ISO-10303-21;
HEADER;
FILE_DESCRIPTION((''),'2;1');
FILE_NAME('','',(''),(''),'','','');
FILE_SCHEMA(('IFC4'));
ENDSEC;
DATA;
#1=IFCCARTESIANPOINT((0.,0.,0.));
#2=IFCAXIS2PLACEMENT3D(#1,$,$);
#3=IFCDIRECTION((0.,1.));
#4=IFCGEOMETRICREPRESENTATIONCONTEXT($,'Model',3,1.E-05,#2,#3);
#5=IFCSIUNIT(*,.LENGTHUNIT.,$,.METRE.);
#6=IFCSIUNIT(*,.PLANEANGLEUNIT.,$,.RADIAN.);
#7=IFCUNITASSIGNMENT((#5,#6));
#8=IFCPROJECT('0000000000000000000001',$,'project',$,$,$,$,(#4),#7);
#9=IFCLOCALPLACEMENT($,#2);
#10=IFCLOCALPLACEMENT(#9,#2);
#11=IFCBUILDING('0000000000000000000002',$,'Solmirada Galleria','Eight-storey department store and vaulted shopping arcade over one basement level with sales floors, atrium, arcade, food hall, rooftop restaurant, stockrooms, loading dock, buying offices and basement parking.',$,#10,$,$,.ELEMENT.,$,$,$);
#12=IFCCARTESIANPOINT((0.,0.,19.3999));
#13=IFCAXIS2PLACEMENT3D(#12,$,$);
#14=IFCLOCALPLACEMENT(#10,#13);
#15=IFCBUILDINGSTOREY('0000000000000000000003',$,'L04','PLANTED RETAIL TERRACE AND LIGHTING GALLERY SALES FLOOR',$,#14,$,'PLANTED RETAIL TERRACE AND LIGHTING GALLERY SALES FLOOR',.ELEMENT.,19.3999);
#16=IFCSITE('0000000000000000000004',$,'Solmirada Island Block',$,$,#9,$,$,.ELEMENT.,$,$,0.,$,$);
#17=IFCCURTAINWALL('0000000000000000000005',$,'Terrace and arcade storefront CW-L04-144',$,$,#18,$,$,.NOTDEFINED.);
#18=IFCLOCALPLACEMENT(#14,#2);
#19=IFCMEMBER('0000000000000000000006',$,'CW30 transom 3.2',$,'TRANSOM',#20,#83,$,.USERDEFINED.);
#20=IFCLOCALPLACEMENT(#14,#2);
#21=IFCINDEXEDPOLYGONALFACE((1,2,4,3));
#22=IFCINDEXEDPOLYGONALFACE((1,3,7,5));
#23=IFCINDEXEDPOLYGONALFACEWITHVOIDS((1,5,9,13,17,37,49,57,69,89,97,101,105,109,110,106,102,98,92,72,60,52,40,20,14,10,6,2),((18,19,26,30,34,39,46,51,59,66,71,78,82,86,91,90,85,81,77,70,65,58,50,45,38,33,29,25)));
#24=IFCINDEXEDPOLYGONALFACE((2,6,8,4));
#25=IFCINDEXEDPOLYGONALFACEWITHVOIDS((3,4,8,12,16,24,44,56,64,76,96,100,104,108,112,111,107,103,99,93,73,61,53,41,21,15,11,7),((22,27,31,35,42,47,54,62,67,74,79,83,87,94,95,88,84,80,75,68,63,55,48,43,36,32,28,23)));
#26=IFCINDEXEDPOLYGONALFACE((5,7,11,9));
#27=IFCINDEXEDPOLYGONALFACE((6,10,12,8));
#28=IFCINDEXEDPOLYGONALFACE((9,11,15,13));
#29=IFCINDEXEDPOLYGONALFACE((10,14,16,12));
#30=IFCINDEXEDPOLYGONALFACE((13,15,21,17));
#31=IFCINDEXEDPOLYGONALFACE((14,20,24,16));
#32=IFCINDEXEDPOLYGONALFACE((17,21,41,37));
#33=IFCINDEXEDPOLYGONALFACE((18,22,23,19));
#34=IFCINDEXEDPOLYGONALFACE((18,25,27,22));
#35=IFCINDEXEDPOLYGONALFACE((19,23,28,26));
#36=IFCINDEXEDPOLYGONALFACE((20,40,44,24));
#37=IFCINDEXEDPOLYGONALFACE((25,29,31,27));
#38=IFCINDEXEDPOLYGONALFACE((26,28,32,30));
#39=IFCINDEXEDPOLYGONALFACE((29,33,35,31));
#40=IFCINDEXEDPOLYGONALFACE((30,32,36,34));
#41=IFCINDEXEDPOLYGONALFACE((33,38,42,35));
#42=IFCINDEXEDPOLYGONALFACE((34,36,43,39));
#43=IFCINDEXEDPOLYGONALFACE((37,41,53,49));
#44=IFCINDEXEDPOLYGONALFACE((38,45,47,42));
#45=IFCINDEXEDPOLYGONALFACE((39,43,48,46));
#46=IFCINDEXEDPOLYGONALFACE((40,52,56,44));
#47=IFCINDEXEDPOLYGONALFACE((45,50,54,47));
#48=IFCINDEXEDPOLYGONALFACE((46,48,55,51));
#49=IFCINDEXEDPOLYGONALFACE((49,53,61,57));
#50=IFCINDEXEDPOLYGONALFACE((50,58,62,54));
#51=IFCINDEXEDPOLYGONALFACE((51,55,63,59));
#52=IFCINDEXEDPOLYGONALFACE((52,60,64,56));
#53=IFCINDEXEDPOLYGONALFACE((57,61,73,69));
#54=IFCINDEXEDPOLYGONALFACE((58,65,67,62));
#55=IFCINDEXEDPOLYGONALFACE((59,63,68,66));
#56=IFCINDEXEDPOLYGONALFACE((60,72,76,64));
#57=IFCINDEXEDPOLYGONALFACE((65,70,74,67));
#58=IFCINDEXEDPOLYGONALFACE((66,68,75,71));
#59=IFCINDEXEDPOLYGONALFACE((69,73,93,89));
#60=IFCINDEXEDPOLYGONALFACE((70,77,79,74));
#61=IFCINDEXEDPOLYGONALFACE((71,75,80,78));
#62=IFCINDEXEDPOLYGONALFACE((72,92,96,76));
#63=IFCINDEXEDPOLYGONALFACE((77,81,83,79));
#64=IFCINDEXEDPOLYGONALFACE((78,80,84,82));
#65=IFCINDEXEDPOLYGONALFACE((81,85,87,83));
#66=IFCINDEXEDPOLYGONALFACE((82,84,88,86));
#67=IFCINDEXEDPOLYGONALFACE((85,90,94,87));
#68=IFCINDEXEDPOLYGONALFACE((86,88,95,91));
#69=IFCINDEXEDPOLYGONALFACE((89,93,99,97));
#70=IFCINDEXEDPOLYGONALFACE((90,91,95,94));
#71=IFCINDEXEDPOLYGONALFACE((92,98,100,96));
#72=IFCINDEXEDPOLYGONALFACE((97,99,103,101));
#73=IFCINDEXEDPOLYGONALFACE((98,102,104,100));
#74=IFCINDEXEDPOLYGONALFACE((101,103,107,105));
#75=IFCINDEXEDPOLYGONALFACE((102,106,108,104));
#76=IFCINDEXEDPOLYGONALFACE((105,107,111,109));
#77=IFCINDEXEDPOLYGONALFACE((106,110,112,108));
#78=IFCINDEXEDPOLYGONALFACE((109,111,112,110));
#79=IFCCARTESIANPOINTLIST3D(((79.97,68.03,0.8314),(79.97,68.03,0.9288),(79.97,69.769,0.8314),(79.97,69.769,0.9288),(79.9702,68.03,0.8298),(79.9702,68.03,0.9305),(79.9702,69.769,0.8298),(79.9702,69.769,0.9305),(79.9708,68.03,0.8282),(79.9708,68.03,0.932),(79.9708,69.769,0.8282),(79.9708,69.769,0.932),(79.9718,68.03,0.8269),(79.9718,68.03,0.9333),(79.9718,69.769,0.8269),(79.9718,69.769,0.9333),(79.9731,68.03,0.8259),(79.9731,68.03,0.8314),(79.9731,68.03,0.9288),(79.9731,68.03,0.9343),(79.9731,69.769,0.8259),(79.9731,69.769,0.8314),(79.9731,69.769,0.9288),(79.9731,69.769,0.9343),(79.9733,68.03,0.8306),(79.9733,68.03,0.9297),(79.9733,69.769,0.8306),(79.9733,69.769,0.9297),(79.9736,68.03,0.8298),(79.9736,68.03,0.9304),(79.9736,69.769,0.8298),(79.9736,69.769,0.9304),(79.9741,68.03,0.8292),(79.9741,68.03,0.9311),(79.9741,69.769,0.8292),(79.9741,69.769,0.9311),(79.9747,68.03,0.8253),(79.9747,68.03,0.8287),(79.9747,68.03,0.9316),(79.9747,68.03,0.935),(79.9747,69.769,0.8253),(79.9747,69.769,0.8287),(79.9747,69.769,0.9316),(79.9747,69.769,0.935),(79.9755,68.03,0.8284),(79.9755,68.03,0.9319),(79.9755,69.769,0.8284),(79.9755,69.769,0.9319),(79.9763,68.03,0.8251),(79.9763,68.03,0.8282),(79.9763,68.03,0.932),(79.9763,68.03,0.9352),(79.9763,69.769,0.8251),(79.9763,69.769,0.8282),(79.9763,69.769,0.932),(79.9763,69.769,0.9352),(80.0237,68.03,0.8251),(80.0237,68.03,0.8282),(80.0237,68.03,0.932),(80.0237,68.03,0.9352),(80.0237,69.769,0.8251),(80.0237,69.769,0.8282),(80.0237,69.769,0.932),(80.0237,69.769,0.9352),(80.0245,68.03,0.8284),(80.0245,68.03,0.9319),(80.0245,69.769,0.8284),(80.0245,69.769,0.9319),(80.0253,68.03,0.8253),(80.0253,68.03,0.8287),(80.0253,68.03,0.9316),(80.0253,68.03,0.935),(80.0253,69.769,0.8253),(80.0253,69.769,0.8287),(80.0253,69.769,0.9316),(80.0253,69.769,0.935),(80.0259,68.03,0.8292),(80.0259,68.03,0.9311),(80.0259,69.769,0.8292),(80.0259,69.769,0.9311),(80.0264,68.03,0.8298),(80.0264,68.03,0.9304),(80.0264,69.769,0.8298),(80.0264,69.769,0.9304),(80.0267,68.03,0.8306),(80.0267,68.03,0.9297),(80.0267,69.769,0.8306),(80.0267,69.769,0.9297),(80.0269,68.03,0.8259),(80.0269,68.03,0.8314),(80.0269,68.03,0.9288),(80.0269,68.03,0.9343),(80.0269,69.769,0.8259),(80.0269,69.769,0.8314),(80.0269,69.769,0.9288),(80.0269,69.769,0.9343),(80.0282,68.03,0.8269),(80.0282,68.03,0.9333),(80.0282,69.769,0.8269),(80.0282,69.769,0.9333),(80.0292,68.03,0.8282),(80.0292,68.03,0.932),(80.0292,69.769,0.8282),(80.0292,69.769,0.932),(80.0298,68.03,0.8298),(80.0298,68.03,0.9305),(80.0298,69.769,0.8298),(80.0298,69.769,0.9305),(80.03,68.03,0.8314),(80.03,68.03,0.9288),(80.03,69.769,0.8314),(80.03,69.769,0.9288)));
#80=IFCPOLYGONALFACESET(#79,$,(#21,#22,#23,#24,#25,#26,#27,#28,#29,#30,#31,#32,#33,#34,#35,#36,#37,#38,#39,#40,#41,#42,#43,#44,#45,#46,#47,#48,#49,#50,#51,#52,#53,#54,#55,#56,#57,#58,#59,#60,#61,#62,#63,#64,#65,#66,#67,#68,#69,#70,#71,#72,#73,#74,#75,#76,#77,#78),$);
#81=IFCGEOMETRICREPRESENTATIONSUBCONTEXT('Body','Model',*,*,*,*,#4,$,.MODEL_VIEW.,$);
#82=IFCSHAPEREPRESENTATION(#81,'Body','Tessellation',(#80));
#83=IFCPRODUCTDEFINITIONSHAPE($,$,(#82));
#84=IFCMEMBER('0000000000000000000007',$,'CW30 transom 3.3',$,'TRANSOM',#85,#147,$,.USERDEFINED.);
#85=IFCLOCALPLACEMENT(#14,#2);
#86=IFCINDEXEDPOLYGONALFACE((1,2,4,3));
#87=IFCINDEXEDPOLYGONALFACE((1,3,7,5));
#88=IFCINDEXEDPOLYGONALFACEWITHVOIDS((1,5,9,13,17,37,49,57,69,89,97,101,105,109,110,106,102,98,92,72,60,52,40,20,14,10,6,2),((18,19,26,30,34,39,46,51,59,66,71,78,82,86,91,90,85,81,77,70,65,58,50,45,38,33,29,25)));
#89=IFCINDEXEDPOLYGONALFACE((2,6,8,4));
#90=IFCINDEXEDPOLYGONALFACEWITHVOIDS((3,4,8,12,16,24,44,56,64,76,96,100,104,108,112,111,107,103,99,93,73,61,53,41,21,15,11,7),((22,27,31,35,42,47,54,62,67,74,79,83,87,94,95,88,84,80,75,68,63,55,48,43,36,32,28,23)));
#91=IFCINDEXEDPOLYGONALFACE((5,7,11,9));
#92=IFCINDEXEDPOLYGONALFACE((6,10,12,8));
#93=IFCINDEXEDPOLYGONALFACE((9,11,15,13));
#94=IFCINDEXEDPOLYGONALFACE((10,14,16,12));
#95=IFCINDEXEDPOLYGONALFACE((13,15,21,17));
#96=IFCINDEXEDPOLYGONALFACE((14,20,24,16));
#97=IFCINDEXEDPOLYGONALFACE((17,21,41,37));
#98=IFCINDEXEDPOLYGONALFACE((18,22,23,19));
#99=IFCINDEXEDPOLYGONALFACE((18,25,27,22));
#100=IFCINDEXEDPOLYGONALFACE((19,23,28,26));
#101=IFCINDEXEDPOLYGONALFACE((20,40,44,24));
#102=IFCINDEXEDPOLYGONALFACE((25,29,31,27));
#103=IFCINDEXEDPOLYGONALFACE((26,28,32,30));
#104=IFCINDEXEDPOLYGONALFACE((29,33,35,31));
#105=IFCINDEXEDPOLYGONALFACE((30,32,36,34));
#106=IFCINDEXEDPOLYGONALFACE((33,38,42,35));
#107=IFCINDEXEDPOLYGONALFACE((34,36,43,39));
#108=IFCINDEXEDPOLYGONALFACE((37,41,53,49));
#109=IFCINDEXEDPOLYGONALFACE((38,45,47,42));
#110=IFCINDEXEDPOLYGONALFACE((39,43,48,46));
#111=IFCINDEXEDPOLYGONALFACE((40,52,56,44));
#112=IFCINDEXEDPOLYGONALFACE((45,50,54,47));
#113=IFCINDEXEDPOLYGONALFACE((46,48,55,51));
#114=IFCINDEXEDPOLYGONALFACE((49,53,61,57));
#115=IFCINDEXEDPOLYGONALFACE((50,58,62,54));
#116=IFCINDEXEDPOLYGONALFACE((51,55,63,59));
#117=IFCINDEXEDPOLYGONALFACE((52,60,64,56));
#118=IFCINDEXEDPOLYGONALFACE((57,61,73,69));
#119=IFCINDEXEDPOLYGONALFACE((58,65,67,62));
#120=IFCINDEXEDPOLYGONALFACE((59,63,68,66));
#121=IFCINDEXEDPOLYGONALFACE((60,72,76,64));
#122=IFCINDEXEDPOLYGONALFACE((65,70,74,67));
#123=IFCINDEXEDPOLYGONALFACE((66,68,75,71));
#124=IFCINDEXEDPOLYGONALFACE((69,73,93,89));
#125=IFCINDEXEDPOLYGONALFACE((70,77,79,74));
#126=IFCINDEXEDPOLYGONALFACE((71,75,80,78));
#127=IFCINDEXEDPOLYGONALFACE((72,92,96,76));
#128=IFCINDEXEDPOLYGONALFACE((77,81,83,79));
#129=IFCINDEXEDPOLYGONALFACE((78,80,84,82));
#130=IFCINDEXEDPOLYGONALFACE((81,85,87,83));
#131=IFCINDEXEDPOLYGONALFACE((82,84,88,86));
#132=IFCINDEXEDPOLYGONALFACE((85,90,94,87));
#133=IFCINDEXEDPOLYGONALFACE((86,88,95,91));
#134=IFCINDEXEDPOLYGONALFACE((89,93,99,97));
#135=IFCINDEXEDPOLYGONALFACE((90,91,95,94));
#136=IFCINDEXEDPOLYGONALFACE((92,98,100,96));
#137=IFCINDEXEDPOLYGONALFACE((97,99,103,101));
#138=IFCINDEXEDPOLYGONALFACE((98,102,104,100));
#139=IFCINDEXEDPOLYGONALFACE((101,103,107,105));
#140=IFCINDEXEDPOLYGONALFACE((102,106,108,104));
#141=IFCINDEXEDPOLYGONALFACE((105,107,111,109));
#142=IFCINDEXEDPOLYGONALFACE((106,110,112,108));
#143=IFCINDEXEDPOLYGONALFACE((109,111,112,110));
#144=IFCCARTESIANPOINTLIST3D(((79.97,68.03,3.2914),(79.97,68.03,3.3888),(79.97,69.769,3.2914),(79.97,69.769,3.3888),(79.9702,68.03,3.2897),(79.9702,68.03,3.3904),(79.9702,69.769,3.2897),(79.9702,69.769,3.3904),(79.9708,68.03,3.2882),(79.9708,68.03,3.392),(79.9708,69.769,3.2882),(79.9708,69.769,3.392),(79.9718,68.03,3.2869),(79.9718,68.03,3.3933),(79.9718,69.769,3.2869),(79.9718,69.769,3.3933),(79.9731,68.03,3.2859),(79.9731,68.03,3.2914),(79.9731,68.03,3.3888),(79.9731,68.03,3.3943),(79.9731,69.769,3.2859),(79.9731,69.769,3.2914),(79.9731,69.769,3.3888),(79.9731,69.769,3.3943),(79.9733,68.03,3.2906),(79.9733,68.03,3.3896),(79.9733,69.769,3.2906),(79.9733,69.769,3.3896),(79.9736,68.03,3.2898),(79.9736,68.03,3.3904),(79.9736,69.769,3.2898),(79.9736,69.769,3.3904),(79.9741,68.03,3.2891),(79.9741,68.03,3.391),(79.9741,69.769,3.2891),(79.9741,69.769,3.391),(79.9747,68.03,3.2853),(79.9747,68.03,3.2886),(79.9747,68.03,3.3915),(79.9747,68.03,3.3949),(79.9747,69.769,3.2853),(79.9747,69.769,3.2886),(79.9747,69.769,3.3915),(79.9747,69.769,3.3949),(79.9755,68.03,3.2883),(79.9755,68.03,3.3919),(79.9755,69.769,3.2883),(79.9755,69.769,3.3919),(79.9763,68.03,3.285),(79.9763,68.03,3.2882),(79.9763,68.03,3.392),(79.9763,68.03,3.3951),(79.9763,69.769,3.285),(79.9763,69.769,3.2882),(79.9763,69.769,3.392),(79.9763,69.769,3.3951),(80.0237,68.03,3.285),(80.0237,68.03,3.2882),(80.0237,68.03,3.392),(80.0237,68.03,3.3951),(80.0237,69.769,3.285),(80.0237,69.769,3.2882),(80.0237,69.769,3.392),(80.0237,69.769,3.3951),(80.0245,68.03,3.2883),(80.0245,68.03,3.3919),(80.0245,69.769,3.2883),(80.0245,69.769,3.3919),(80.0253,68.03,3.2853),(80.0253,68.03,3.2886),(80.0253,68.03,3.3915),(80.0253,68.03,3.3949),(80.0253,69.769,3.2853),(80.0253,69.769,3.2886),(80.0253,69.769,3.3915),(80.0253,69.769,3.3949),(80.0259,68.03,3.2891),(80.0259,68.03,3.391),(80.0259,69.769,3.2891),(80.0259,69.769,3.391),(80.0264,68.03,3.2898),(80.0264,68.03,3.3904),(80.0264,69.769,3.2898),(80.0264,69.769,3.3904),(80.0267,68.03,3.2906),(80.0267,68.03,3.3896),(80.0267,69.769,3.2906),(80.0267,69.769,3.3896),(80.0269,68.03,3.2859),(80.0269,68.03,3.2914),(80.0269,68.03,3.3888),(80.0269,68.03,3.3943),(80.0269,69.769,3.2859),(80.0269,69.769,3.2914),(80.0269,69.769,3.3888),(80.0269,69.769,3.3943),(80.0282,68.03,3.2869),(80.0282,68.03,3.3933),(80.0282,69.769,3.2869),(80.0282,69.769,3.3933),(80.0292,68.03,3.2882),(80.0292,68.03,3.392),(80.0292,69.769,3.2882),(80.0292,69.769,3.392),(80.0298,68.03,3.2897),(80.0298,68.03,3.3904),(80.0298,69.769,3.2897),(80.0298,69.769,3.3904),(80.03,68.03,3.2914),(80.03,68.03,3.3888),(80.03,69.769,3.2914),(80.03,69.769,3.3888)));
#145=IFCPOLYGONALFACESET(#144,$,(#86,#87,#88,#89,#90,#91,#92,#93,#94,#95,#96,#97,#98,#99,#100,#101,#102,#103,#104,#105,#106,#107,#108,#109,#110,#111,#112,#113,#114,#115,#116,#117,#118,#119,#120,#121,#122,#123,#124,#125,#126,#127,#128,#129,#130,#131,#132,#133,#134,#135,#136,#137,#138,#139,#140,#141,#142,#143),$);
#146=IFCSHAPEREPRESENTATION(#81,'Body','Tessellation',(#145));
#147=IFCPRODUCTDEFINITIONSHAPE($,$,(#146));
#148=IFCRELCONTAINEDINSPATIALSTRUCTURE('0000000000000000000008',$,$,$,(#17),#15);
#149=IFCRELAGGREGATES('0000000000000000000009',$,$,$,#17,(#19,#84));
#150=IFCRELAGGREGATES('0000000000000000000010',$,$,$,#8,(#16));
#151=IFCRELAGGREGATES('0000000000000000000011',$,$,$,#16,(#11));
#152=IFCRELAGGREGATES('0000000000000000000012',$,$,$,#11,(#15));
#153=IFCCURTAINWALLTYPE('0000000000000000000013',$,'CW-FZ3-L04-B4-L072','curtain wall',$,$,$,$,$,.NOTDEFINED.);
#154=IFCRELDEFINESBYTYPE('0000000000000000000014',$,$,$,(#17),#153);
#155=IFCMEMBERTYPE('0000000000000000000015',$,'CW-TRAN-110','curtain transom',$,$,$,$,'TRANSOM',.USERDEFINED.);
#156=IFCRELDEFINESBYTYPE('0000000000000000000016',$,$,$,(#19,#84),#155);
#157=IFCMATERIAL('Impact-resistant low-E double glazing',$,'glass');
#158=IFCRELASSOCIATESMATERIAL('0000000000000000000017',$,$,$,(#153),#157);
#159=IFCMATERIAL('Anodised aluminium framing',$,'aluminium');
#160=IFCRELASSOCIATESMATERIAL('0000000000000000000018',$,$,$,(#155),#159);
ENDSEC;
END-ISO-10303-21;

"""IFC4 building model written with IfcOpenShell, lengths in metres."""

from ifc_helpers import new_model, si_unit, direction, frame, origin, origin_2d, place, context, subcontext, project, spatial, hollow_rectangle, extrude, material, material_profile, profile_set, type_object, element, aggregate, save


model = new_model("IFC4")

# Units and contexts
model_context = context("Model", 3, precision=1e-05, world=origin(), true_north=direction((0.0, 1.0)))
body_context = subcontext(model_context, "Body", "Model", "MODEL_VIEW")
ifc_project = project(units=[si_unit("LENGTHUNIT", "METRE"), si_unit("PLANEANGLEUNIT", "RADIAN")], contexts=[model_context])

# Site, building, storey
site_placement = place(None, origin())
site = spatial("IfcSite", under=ifc_project, at=site_placement, Name="Solmirada Island Block", CompositionType="ELEMENT", RefElevation=0.0)
building_placement = place(site_placement, origin())
building = spatial("IfcBuilding", under=site, at=building_placement, Name="Solmirada Galleria", Description="Eight-storey department store and vaulted shopping arcade over one basement level with sales floors, atrium, arcade, food hall, rooftop restaurant, stockrooms, loading dock, buying offices and basement parking.", CompositionType="ELEMENT")
storey_placement = place(building_placement, frame((0.0, 0.0, 19.3999)))
storey = spatial("IfcBuildingStorey", under=building, at=storey_placement, Name="L04", Description="PLANTED RETAIL TERRACE AND LIGHTING GALLERY SALES FLOOR", LongName="PLANTED RETAIL TERRACE AND LIGHTING GALLERY SALES FLOOR", CompositionType="ELEMENT", Elevation=19.3999)

# Curtain wall
ifc_material_1 = material(Name="Impact-resistant low-E double glazing", Category="glass")
curtain_wall_type = type_object("IfcCurtainWallType", Name="CW-FZ3-L04-B4-L072", Description="curtain wall", PredefinedType="NOTDEFINED", material=ifc_material_1)
curtain_wall_1_placement = place(storey_placement, origin())
curtain_wall_1 = element("IfcCurtainWall", 1, at=curtain_wall_1_placement, inside=storey, type_object=curtain_wall_type, Name="Terrace and arcade storefront CW-L04-144", PredefinedType="NOTDEFINED")
ifc_material_2 = material(Name="Anodised aluminium framing", Category="aluminium")

# Members
ifc_material_profile_1 = material_profile(ifc_material_2, hollow_rectangle(XDim=0.0601, YDim=0.1101, WallThickness=0.0032, InnerFilletRadius=0.0032, OuterFilletRadius=0.0063, at=origin_2d()), Name="ALU-TRAN-110X60")
ifc_profile_set_1 = profile_set([ifc_material_profile_1], Name="Anodised aluminium framing")
member_type_1 = type_object("IfcMemberType", Name="CW-TRAN-110", Description="curtain transom", ElementType="TRANSOM", PredefinedType="USERDEFINED", material=ifc_profile_set_1)
member_1_placement = place(storey_placement, frame((80.0, 68.03, 0.8801), z_axis=(0.0, 1.0, 0.0), x_axis=(-1.0, 0.0, 0.0)))
member_1 = element("IfcMember", 2, at=member_1_placement, type_object=member_type_1, Name="CW30 transom 3.2", ObjectType="TRANSOM", PredefinedType="USERDEFINED", context=body_context, shape_type="SweptSolid", body=[
    extrude(hollow_rectangle(XDim=0.0601, YDim=0.1101, WallThickness=0.0032, InnerFilletRadius=0.0032, OuterFilletRadius=0.0063, at=origin_2d()), origin(), (0.0, 0.0, 1.0), 1.739),
])
member_2_placement = place(storey_placement, frame((80.0, 68.03, 3.3401), z_axis=(0.0, 1.0, 0.0), x_axis=(-1.0, 0.0, 0.0)))
member_2 = element("IfcMember", 3, at=member_2_placement, type_object=member_type_1, Name="CW30 transom 3.3", ObjectType="TRANSOM", PredefinedType="USERDEFINED", context=body_context, shape_type="SweptSolid", body=[
    extrude(hollow_rectangle(XDim=0.0601, YDim=0.1101, WallThickness=0.0032, InnerFilletRadius=0.0032, OuterFilletRadius=0.0063, at=origin_2d()), origin(), (0.0, 0.0, 1.0), 1.739),
])

aggregate(curtain_wall_1, [member_1, member_2])

save(model, "model.ifc")
